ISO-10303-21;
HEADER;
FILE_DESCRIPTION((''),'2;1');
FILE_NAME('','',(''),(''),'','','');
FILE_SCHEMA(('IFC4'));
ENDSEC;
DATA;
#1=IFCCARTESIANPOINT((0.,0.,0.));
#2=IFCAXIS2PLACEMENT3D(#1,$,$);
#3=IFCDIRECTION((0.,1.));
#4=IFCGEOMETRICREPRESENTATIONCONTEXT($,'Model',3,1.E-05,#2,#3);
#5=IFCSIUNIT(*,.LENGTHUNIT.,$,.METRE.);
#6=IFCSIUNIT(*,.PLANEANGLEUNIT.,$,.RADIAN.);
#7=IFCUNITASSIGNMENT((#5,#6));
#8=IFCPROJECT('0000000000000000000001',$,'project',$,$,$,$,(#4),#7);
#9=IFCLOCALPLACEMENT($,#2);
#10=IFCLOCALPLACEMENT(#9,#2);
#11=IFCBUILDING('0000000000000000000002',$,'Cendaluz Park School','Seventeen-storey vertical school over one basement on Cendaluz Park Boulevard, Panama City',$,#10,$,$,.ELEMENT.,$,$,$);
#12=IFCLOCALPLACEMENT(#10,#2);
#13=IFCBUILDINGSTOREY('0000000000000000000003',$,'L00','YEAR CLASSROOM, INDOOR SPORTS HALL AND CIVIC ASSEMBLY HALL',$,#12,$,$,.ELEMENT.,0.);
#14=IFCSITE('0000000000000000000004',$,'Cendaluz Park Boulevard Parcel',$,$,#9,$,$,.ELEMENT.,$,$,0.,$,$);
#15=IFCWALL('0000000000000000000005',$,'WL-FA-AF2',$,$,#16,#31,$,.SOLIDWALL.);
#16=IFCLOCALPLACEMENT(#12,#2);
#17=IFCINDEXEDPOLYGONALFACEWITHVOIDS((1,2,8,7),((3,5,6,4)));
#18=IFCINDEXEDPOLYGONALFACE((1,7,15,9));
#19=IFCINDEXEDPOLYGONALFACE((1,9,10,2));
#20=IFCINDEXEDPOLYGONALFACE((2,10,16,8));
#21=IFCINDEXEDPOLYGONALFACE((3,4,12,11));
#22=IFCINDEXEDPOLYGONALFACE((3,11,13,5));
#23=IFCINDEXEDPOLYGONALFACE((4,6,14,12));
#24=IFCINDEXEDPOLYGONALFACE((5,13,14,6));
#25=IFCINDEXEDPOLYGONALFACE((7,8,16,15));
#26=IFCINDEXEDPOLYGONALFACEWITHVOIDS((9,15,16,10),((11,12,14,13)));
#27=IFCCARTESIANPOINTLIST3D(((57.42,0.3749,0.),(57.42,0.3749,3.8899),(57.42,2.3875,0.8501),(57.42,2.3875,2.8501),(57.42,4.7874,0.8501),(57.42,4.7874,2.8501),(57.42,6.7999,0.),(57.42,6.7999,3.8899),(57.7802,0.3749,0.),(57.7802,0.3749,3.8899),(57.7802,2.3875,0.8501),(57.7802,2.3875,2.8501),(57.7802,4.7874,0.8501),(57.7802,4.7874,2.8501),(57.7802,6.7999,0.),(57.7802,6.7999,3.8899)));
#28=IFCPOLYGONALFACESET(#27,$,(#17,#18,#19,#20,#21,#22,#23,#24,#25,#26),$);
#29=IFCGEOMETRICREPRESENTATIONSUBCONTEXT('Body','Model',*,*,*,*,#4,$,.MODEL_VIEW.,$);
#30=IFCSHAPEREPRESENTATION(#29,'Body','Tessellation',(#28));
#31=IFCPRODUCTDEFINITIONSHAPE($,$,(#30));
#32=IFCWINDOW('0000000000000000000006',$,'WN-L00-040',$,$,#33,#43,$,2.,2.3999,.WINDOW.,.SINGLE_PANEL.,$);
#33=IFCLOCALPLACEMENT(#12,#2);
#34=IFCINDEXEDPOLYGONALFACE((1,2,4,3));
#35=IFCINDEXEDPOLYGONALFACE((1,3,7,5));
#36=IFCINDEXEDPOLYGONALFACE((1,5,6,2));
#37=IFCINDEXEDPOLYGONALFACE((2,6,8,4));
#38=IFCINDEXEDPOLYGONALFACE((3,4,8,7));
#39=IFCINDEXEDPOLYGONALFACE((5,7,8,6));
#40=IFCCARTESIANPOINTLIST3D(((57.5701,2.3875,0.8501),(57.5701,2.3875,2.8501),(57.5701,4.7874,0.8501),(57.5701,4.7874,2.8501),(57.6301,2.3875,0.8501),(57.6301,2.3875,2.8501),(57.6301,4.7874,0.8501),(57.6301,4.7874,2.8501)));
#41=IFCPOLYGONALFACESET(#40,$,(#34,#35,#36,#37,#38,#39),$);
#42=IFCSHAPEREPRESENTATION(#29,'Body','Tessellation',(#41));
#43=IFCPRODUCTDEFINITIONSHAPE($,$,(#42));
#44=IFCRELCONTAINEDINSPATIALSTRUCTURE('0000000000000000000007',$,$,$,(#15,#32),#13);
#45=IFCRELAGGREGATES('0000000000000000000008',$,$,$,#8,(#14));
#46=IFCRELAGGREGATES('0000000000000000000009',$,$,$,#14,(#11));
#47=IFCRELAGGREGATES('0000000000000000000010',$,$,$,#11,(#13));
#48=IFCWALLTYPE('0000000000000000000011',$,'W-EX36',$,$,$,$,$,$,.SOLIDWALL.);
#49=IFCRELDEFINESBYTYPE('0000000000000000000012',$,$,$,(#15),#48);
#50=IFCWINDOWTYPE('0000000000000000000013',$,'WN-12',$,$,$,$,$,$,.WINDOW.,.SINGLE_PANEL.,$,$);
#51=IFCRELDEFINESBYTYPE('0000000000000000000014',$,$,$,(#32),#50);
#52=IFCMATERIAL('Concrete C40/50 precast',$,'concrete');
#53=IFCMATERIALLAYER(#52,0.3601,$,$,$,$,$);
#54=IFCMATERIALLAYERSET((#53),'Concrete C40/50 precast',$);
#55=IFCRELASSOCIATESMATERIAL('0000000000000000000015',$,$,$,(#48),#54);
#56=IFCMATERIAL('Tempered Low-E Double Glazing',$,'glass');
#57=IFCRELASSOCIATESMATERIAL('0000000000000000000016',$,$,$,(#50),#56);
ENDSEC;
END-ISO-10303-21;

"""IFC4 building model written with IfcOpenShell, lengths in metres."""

from ifc_helpers import new_model, si_unit, direction, frame, frame_2d, origin, place, context, subcontext, project, spatial, rectangle, extrude, material, layer, layer_set, type_object, element, fill, save


model = new_model("IFC4")

# Units and contexts
model_context = context("Model", 3, precision=1e-05, world=origin(), true_north=direction((0.0, 1.0)))
body_context = subcontext(model_context, "Body", "Model", "MODEL_VIEW")
ifc_project = project(units=[si_unit("LENGTHUNIT", "METRE"), si_unit("PLANEANGLEUNIT", "RADIAN")], contexts=[model_context])

# Site, building, storey
site_placement = place(None, origin())
site = spatial("IfcSite", under=ifc_project, at=site_placement, Name="Cendaluz Park Boulevard Parcel", CompositionType="ELEMENT", RefElevation=0.0)
building_placement = place(site_placement, origin())
building = spatial("IfcBuilding", under=site, at=building_placement, Name="Cendaluz Park School", Description="Seventeen-storey vertical school over one basement on Cendaluz Park Boulevard, Panama City", CompositionType="ELEMENT")
storey_placement = place(building_placement, origin())
storey = spatial("IfcBuildingStorey", under=building, at=storey_placement, Name="L00", Description="YEAR CLASSROOM, INDOOR SPORTS HALL AND CIVIC ASSEMBLY HALL", CompositionType="ELEMENT", Elevation=0.0)

# Shared definitions
ifc_material_1 = material(Name="Concrete C40/50 precast", Category="concrete")
ifc_layer_1 = layer(ifc_material_1, 0.3601)
ifc_layer_set_1 = layer_set([ifc_layer_1], Name="Concrete C40/50 precast")
wall_type_1 = type_object("IfcWallType", Name="W-EX36", PredefinedType="SOLIDWALL", material=ifc_layer_set_1)

# Wall, opening, window
wall_1_placement = place(storey_placement, frame((57.6001, 0.375, 0.0), z_axis=(0.0, 0.0, 1.0), x_axis=(0.0, 1.0, 0.0)))
wall_1 = element("IfcWall", 1, at=wall_1_placement, inside=storey, type_object=wall_type_1, Name="WL-FA-AF2", PredefinedType="SOLIDWALL", context=body_context, shape_type="SweptSolid", body=[
    extrude(rectangle(XDim=6.425, YDim=0.3601, at=frame_2d((3.2124, 0.0))), origin(), (0.0, 0.0, 1.0), 3.8899),
])
opening_1_placement = place(wall_1_placement, frame((2.0125, 0.0, 0.8501)))
opening_1 = element("IfcOpeningElement", 2, at=opening_1_placement, cuts=wall_1, PredefinedType="OPENING", context=body_context, shape_type="SweptSolid", body=[
    extrude(rectangle(XDim=2.3999, YDim=2.0, at=frame_2d((1.2, 1.0))), frame((0.0, 0.1921, 0.0), z_axis=(0.0, -1.0, 0.0), x_axis=(1.0, 0.0, 0.0)), (0.0, 0.0, 1.0), 0.384),
])
ifc_material_2 = material(Name="Tempered Low-E Double Glazing", Category="glass")
window_type = type_object("IfcWindowType", Name="WN-12", PartitioningType="SINGLE_PANEL", PredefinedType="WINDOW", material=ifc_material_2)
window_placement = place(opening_1_placement, origin())
window = element("IfcWindow", 3, at=window_placement, inside=storey, type_object=window_type, Name="WN-L00-040", OverallHeight=2.0, OverallWidth=2.3999, PartitioningType="SINGLE_PANEL", PredefinedType="WINDOW", context=body_context, shape_type="SweptSolid", body=[
    extrude(rectangle(XDim=2.3999, YDim=2.0, at=frame_2d((1.2, 1.0))), frame((0.0, 0.03, 0.0), z_axis=(0.0, -1.0, 0.0), x_axis=(1.0, 0.0, 0.0)), (0.0, 0.0, 1.0), 0.0601),
])
fill(opening_1, window)

save(model, "model.ifc")
